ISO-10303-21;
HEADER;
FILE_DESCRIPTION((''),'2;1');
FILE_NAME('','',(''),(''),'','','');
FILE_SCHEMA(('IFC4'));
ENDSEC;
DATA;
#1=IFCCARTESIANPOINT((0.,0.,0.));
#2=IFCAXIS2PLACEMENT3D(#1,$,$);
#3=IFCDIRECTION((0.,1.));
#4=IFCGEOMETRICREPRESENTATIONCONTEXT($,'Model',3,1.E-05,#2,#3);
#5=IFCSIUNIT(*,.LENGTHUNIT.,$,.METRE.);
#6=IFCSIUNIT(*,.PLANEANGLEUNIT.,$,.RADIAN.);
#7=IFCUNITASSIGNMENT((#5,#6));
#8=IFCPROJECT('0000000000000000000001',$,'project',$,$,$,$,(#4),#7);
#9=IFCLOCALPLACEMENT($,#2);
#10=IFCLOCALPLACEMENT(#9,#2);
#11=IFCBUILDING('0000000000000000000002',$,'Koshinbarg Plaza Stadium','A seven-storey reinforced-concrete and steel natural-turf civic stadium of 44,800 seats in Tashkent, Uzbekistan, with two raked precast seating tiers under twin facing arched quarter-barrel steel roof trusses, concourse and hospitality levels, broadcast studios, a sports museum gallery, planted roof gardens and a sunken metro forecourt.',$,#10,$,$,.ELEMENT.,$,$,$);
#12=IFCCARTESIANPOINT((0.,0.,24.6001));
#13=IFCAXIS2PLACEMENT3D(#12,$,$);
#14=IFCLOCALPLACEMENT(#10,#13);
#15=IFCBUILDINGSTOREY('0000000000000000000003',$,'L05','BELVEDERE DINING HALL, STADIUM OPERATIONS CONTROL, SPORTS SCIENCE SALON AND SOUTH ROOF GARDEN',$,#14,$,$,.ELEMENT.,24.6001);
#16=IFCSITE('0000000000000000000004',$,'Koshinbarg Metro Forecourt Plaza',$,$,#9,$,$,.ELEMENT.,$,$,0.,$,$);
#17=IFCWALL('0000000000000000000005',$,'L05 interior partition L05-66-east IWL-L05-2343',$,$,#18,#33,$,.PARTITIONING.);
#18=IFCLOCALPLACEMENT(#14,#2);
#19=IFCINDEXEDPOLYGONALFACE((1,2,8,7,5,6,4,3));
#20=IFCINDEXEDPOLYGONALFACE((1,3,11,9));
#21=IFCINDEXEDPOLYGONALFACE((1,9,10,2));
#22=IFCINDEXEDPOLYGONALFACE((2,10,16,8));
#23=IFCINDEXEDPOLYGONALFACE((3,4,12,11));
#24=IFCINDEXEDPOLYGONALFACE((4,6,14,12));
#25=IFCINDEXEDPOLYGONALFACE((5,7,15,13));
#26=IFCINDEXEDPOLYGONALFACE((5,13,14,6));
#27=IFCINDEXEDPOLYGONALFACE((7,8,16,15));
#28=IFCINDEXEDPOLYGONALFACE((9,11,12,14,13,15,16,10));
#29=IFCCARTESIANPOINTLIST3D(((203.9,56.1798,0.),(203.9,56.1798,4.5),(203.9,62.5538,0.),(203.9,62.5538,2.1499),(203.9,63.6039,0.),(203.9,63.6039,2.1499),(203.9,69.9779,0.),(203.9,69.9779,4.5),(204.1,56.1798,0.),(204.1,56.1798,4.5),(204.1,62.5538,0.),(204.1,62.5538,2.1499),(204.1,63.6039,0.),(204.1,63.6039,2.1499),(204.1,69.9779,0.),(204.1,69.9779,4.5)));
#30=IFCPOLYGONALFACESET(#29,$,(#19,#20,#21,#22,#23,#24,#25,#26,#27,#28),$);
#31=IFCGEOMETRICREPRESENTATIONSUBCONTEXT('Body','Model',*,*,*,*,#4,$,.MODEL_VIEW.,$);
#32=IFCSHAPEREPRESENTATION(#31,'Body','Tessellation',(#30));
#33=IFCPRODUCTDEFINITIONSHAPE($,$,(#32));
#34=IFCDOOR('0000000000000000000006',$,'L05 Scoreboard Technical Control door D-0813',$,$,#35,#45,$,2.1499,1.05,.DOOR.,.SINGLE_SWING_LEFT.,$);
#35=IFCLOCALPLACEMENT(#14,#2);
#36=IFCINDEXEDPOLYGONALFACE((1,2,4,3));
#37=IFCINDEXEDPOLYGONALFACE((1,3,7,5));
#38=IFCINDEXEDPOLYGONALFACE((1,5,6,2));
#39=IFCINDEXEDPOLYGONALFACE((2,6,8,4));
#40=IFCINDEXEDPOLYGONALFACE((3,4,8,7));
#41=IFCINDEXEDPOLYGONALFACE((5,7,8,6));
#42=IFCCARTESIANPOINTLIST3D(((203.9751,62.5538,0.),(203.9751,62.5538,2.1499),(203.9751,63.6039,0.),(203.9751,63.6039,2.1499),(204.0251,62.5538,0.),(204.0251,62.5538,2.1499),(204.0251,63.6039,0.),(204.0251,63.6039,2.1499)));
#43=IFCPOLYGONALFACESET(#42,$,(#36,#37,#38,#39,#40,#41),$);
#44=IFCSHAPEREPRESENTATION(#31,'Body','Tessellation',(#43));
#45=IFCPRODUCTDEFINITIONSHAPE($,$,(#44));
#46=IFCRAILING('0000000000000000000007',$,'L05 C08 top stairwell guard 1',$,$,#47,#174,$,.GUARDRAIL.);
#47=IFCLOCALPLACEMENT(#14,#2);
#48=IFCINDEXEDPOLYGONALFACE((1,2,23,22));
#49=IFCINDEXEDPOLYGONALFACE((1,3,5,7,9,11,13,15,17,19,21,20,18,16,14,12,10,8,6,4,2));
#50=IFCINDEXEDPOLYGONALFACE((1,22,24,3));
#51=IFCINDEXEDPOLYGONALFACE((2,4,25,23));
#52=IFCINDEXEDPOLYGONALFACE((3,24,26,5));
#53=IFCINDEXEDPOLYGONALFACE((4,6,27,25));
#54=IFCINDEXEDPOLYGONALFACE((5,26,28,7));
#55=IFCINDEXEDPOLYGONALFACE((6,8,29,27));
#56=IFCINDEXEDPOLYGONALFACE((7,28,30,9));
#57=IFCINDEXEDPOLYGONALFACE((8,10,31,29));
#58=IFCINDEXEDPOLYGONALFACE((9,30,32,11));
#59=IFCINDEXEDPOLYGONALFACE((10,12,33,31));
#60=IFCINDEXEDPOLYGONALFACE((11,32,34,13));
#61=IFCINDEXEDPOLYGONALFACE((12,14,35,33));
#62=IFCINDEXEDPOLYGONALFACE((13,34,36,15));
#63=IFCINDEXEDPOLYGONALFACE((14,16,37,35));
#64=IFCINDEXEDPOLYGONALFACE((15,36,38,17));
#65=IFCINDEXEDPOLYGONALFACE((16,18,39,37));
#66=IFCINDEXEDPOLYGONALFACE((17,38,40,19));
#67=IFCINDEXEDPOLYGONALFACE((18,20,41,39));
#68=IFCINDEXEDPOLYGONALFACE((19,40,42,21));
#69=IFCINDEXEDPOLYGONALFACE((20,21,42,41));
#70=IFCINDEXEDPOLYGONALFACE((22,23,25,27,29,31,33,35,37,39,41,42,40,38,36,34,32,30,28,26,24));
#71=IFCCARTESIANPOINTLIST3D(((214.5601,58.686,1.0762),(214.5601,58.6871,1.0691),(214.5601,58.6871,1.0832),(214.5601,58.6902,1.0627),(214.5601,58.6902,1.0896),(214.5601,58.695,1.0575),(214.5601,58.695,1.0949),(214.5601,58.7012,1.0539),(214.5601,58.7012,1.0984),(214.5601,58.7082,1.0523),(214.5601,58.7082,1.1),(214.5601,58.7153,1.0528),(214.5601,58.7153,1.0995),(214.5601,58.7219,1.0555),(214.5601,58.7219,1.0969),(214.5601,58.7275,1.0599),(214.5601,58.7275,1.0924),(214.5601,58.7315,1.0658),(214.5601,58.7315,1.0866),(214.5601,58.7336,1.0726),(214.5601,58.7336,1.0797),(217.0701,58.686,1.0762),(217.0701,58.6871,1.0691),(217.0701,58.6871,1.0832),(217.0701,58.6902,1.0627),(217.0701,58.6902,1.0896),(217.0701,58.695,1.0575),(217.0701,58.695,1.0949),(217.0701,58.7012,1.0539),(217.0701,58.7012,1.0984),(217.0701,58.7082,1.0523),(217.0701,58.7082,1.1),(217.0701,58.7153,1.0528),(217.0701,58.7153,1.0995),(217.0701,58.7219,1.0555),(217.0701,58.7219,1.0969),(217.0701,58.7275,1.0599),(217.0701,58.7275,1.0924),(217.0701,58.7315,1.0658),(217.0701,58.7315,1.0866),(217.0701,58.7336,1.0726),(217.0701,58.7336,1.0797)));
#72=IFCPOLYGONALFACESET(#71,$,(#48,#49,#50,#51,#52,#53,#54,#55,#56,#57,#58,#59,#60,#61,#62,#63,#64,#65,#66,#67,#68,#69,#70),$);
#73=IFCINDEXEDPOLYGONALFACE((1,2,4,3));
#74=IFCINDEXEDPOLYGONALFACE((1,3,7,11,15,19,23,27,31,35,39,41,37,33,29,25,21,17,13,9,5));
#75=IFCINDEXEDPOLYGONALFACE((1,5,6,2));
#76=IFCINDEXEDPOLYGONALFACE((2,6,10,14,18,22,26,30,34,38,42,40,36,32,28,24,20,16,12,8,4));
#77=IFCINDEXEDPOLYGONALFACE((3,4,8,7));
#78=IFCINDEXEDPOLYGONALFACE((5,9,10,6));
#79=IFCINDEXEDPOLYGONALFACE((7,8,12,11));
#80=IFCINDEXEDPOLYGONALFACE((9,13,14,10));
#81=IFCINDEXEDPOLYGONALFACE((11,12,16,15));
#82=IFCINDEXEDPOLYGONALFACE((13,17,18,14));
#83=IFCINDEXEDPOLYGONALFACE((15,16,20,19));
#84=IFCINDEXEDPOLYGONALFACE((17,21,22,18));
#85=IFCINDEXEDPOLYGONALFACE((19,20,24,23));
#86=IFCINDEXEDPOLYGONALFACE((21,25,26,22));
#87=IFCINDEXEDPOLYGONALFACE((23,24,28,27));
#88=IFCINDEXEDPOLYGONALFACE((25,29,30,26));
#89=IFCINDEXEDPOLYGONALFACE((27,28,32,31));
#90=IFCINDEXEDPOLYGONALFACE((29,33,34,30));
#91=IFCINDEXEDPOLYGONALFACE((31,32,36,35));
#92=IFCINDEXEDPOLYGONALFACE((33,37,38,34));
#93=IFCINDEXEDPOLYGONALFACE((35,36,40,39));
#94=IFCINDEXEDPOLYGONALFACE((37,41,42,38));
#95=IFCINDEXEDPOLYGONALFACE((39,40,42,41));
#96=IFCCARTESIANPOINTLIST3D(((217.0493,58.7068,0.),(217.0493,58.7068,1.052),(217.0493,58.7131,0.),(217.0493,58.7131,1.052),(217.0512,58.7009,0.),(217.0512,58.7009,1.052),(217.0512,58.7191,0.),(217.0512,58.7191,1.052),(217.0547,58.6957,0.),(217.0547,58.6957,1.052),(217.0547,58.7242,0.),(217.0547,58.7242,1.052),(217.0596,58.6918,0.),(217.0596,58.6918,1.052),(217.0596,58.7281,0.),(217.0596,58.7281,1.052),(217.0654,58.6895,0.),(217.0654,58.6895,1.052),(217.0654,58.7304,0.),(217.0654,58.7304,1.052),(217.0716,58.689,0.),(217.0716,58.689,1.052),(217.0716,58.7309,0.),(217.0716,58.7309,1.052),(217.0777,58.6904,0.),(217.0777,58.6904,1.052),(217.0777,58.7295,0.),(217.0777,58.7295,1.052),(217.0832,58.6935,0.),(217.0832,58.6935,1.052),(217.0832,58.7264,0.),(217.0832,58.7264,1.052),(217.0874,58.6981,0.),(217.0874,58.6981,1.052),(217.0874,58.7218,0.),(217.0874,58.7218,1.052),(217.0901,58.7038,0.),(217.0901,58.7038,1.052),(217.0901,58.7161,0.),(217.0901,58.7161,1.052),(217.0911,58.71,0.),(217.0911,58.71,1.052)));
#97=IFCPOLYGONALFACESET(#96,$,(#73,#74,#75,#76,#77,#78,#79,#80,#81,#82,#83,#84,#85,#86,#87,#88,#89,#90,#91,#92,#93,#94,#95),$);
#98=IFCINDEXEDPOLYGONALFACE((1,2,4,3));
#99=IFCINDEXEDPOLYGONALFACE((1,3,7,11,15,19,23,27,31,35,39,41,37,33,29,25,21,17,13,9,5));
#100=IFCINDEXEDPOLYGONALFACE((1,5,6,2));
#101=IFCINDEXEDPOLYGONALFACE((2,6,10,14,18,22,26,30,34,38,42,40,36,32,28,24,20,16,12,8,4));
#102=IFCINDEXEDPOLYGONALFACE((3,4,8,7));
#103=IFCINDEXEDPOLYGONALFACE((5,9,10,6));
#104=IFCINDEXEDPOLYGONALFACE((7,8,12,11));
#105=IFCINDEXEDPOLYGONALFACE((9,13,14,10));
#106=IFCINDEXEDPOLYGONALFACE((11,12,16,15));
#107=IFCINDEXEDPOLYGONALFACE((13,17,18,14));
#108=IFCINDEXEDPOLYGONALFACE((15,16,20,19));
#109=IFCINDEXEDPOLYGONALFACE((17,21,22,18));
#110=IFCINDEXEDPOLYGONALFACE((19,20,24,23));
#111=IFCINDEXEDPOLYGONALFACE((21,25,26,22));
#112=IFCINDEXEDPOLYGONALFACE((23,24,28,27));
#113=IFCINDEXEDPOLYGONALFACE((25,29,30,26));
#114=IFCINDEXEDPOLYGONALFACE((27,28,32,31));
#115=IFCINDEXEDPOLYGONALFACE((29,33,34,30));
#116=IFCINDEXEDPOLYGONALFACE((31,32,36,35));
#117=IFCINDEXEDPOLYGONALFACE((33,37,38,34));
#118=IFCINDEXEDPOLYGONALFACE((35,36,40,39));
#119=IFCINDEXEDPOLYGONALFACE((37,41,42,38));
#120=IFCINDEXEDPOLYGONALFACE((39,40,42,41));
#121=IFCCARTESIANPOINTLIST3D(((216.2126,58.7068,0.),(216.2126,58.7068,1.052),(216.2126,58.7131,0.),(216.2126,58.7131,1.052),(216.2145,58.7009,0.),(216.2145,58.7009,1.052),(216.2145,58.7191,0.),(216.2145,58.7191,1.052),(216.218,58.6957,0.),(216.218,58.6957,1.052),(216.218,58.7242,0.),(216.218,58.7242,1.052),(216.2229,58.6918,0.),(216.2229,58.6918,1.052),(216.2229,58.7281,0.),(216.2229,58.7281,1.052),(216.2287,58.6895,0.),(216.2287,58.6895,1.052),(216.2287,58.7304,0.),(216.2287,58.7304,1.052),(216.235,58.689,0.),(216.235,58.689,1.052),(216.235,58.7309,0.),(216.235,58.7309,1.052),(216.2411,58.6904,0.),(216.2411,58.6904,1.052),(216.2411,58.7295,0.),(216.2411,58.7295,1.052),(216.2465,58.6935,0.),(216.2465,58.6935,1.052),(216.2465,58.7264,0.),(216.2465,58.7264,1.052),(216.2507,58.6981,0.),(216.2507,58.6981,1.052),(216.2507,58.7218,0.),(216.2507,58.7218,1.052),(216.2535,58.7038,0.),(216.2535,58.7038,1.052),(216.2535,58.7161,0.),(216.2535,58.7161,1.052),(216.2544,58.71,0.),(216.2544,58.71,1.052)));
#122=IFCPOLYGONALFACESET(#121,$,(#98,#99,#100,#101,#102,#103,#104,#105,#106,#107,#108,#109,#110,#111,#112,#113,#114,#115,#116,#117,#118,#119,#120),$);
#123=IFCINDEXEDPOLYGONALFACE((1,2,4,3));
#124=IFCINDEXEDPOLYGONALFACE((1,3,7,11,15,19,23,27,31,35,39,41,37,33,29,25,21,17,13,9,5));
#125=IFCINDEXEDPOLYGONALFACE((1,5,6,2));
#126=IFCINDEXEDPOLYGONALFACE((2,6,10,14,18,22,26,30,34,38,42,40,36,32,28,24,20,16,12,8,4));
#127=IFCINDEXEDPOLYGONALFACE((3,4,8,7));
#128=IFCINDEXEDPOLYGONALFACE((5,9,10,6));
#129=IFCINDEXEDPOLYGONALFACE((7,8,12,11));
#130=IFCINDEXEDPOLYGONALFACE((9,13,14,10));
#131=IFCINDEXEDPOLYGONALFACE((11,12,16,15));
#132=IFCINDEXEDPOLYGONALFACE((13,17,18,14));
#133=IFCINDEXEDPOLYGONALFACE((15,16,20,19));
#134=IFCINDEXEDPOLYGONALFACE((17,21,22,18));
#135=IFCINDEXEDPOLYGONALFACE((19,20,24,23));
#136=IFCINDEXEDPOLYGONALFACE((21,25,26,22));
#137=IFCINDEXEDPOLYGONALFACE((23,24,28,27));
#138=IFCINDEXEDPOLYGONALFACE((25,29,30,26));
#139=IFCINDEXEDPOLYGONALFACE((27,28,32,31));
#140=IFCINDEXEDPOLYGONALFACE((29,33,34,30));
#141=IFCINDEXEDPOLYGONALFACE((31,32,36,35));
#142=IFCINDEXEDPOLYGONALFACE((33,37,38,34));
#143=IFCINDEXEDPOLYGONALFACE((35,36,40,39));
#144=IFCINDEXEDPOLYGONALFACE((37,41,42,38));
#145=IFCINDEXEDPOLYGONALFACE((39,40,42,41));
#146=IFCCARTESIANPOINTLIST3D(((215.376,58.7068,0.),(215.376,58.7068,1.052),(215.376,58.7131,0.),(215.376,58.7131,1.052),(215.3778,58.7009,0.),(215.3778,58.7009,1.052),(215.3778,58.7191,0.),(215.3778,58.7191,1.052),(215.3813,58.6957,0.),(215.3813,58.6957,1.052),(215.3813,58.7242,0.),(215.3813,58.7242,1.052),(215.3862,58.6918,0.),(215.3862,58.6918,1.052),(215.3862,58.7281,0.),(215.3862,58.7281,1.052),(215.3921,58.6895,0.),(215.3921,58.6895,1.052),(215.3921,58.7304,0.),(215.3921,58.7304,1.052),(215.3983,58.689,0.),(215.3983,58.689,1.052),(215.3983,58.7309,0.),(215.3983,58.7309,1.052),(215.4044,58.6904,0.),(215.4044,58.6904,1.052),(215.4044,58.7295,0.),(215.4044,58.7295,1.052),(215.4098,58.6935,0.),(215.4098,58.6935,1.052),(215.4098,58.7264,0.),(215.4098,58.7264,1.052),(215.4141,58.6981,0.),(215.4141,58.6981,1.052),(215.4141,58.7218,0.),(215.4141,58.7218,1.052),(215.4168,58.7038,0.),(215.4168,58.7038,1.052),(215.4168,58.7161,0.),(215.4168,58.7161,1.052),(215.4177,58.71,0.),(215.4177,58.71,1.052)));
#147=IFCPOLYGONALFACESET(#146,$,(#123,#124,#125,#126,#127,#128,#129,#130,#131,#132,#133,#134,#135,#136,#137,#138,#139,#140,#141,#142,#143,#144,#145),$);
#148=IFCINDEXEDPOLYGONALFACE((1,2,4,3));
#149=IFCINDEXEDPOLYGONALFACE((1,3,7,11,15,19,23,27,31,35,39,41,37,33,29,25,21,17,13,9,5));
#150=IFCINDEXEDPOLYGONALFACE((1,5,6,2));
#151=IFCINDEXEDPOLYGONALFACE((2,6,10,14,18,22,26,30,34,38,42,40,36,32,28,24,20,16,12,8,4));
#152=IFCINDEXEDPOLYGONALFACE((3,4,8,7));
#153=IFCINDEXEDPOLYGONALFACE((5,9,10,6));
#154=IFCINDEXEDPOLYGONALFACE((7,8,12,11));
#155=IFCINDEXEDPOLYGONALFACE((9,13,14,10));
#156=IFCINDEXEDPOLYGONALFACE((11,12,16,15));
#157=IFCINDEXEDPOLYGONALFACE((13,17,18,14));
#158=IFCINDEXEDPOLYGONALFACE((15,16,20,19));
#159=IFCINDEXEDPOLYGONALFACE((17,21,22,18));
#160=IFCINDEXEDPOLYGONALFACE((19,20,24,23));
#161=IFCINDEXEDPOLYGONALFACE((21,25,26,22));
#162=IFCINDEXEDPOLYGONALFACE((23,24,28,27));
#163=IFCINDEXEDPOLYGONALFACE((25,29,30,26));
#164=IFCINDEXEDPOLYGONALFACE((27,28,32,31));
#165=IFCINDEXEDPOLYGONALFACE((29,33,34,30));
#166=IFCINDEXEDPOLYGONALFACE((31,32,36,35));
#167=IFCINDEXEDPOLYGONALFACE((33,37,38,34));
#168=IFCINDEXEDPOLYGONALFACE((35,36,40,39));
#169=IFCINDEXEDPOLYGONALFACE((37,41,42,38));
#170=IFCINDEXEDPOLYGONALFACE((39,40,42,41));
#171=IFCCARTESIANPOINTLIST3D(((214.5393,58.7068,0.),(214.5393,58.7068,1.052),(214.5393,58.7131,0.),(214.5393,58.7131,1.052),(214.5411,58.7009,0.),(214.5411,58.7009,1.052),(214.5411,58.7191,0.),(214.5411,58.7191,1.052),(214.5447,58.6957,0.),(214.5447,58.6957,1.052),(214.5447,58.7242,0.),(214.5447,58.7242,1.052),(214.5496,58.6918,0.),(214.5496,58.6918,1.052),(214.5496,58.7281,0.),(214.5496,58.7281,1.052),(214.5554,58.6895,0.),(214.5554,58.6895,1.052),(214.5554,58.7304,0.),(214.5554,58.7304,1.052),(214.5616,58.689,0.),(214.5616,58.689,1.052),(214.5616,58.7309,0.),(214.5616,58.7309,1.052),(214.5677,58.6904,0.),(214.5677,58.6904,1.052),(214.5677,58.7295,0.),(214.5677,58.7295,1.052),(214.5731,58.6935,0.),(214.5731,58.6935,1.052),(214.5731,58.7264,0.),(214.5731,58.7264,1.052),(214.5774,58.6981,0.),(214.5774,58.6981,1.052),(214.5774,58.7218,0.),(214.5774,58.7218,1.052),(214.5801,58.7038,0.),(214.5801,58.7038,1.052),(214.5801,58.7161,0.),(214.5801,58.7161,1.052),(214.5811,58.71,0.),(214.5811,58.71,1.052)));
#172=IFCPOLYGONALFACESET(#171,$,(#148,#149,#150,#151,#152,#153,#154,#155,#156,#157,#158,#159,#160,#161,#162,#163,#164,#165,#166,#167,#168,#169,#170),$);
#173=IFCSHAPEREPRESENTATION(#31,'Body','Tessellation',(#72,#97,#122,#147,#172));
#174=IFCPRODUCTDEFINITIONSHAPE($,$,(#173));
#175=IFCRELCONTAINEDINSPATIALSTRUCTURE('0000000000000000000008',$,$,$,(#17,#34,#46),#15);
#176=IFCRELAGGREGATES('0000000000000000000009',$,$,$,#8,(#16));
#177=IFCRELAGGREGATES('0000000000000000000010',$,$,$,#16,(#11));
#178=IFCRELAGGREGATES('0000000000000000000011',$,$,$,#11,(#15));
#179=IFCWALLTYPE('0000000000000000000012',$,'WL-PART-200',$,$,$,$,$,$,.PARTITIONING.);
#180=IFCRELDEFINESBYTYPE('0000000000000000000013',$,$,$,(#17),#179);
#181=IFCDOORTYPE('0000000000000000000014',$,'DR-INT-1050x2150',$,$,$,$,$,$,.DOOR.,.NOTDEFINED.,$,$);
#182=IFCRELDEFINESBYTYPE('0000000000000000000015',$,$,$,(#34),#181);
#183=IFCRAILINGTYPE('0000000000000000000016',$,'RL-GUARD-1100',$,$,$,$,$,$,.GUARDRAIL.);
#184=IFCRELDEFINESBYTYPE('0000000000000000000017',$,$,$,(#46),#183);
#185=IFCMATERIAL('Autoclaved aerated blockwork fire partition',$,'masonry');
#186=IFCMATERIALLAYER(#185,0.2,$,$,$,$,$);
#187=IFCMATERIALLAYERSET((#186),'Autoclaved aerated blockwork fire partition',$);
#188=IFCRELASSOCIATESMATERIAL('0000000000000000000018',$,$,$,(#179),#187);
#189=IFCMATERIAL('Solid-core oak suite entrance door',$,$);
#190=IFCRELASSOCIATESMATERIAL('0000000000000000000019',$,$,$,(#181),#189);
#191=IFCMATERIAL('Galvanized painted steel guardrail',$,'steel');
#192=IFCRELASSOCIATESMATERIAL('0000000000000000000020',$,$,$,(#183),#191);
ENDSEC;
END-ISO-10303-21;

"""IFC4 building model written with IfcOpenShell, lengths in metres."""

from ifc_helpers import new_model, si_unit, direction, frame, frame_2d, origin, origin_2d, place, context, subcontext, project, spatial, rectangle, circle, extrude, material, layer, layer_set, type_object, element, fill, save


model = new_model("IFC4")

# Units and contexts
model_context = context("Model", 3, precision=1e-05, world=origin(), true_north=direction((0.0, 1.0)))
body_context = subcontext(model_context, "Body", "Model", "MODEL_VIEW")
ifc_project = project(units=[si_unit("LENGTHUNIT", "METRE"), si_unit("PLANEANGLEUNIT", "RADIAN")], contexts=[model_context])

# Site, building, storey
site_placement = place(None, origin())
site = spatial("IfcSite", under=ifc_project, at=site_placement, Name="Koshinbarg Metro Forecourt Plaza", CompositionType="ELEMENT", RefElevation=0.0)
building_placement = place(site_placement, origin())
building = spatial("IfcBuilding", under=site, at=building_placement, Name="Koshinbarg Plaza Stadium", Description="A seven-storey reinforced-concrete and steel natural-turf civic stadium of 44,800 seats in Tashkent, Uzbekistan, with two raked precast seating tiers under twin facing arched quarter-barrel steel roof trusses, concourse and hospitality levels, broadcast studios, a sports museum gallery, planted roof gardens and a sunken metro forecourt.", CompositionType="ELEMENT")
storey_placement = place(building_placement, frame((0.0, 0.0, 24.6001)))
storey = spatial("IfcBuildingStorey", under=building, at=storey_placement, Name="L05", Description="BELVEDERE DINING HALL, STADIUM OPERATIONS CONTROL, SPORTS SCIENCE SALON AND SOUTH ROOF GARDEN", CompositionType="ELEMENT", Elevation=24.6001)

# Wall, opening, door
ifc_material_1 = material(Name="Autoclaved aerated blockwork fire partition", Category="masonry")
ifc_layer_1 = layer(ifc_material_1, 0.2)
ifc_layer_set_1 = layer_set([ifc_layer_1], Name="Autoclaved aerated blockwork fire partition")
wall_type_1 = type_object("IfcWallType", Name="WL-PART-200", PredefinedType="PARTITIONING", material=ifc_layer_set_1)
wall_1_placement = place(storey_placement, frame((204.0, 56.1799, 0.0), z_axis=(0.0, 0.0, 1.0), x_axis=(0.0, 1.0, 0.0)))
wall_1 = element("IfcWall", 1, at=wall_1_placement, inside=storey, type_object=wall_type_1, Name="L05 interior partition L05-66-east IWL-L05-2343", PredefinedType="PARTITIONING", context=body_context, shape_type="SweptSolid", body=[
    extrude(rectangle(XDim=13.7981, YDim=0.2, at=frame_2d((6.8989, 0.0))), origin(), (0.0, 0.0, 1.0), 4.5),
])
opening_1_placement = place(wall_1_placement, frame((6.374, 0.0, 0.0)))
opening_1 = element("IfcOpeningElement", 2, at=opening_1_placement, cuts=wall_1, PredefinedType="OPENING", context=body_context, shape_type="SweptSolid", body=[
    extrude(rectangle(XDim=1.05, YDim=2.1499, at=frame_2d((0.5249, 1.075))), frame((0.0, 0.1099, 0.0), z_axis=(0.0, -1.0, 0.0), x_axis=(1.0, 0.0, 0.0)), (0.0, 0.0, 1.0), 0.22),
])
ifc_material_2 = material(Name="Solid-core oak suite entrance door")
door_type_1 = type_object("IfcDoorType", Name="DR-INT-1050x2150", OperationType="NOTDEFINED", PredefinedType="DOOR", material=ifc_material_2)
door_1_placement = place(opening_1_placement, origin())
door_1 = element("IfcDoor", 3, at=door_1_placement, inside=storey, type_object=door_type_1, Name="L05 Scoreboard Technical Control door D-0813", OperationType="SINGLE_SWING_LEFT", OverallHeight=2.1499, OverallWidth=1.05, PredefinedType="DOOR", context=body_context, shape_type="SweptSolid", body=[
    extrude(rectangle(XDim=1.05, YDim=2.1499, at=frame_2d((0.5249, 1.075))), frame((0.0, 0.0249, 0.0), z_axis=(0.0, -1.0, 0.0), x_axis=(1.0, 0.0, 0.0)), (0.0, 0.0, 1.0), 0.05),
])
fill(opening_1, door_1)

# Railing
ifc_material_3 = material(Name="Galvanized painted steel guardrail", Category="steel")
railing_type = type_object("IfcRailingType", Name="RL-GUARD-1100", PredefinedType="GUARDRAIL", material=ifc_material_3)
railing_placement = place(storey_placement, frame((217.0701, 58.71, 0.0)))
element("IfcRailing", 4, at=railing_placement, inside=storey, type_object=railing_type, Name="L05 C08 top stairwell guard 1", PredefinedType="GUARDRAIL", context=body_context, shape_type="SweptSolid", body=[
    extrude(circle(Radius=0.0239, at=origin_2d()), frame((0.0, 0.0, 1.0762), z_axis=(-1.0, 0.0, 0.0), x_axis=(0.0, -1.0, 0.0)), (0.0, 0.0, 1.0), 2.51),
    extrude(circle(Radius=0.021, at=origin_2d()), origin(), (0.0, 0.0, 1.0), 1.052),
    extrude(circle(Radius=0.021, at=origin_2d()), frame((-0.8367, 0.0, 0.0)), (0.0, 0.0, 1.0), 1.052),
    extrude(circle(Radius=0.021, at=origin_2d()), frame((-1.6733, 0.0, 0.0)), (0.0, 0.0, 1.0), 1.052),
    extrude(circle(Radius=0.021, at=origin_2d()), frame((-2.51, 0.0, 0.0)), (0.0, 0.0, 1.0), 1.052),
])

save(model, "model.ifc")
